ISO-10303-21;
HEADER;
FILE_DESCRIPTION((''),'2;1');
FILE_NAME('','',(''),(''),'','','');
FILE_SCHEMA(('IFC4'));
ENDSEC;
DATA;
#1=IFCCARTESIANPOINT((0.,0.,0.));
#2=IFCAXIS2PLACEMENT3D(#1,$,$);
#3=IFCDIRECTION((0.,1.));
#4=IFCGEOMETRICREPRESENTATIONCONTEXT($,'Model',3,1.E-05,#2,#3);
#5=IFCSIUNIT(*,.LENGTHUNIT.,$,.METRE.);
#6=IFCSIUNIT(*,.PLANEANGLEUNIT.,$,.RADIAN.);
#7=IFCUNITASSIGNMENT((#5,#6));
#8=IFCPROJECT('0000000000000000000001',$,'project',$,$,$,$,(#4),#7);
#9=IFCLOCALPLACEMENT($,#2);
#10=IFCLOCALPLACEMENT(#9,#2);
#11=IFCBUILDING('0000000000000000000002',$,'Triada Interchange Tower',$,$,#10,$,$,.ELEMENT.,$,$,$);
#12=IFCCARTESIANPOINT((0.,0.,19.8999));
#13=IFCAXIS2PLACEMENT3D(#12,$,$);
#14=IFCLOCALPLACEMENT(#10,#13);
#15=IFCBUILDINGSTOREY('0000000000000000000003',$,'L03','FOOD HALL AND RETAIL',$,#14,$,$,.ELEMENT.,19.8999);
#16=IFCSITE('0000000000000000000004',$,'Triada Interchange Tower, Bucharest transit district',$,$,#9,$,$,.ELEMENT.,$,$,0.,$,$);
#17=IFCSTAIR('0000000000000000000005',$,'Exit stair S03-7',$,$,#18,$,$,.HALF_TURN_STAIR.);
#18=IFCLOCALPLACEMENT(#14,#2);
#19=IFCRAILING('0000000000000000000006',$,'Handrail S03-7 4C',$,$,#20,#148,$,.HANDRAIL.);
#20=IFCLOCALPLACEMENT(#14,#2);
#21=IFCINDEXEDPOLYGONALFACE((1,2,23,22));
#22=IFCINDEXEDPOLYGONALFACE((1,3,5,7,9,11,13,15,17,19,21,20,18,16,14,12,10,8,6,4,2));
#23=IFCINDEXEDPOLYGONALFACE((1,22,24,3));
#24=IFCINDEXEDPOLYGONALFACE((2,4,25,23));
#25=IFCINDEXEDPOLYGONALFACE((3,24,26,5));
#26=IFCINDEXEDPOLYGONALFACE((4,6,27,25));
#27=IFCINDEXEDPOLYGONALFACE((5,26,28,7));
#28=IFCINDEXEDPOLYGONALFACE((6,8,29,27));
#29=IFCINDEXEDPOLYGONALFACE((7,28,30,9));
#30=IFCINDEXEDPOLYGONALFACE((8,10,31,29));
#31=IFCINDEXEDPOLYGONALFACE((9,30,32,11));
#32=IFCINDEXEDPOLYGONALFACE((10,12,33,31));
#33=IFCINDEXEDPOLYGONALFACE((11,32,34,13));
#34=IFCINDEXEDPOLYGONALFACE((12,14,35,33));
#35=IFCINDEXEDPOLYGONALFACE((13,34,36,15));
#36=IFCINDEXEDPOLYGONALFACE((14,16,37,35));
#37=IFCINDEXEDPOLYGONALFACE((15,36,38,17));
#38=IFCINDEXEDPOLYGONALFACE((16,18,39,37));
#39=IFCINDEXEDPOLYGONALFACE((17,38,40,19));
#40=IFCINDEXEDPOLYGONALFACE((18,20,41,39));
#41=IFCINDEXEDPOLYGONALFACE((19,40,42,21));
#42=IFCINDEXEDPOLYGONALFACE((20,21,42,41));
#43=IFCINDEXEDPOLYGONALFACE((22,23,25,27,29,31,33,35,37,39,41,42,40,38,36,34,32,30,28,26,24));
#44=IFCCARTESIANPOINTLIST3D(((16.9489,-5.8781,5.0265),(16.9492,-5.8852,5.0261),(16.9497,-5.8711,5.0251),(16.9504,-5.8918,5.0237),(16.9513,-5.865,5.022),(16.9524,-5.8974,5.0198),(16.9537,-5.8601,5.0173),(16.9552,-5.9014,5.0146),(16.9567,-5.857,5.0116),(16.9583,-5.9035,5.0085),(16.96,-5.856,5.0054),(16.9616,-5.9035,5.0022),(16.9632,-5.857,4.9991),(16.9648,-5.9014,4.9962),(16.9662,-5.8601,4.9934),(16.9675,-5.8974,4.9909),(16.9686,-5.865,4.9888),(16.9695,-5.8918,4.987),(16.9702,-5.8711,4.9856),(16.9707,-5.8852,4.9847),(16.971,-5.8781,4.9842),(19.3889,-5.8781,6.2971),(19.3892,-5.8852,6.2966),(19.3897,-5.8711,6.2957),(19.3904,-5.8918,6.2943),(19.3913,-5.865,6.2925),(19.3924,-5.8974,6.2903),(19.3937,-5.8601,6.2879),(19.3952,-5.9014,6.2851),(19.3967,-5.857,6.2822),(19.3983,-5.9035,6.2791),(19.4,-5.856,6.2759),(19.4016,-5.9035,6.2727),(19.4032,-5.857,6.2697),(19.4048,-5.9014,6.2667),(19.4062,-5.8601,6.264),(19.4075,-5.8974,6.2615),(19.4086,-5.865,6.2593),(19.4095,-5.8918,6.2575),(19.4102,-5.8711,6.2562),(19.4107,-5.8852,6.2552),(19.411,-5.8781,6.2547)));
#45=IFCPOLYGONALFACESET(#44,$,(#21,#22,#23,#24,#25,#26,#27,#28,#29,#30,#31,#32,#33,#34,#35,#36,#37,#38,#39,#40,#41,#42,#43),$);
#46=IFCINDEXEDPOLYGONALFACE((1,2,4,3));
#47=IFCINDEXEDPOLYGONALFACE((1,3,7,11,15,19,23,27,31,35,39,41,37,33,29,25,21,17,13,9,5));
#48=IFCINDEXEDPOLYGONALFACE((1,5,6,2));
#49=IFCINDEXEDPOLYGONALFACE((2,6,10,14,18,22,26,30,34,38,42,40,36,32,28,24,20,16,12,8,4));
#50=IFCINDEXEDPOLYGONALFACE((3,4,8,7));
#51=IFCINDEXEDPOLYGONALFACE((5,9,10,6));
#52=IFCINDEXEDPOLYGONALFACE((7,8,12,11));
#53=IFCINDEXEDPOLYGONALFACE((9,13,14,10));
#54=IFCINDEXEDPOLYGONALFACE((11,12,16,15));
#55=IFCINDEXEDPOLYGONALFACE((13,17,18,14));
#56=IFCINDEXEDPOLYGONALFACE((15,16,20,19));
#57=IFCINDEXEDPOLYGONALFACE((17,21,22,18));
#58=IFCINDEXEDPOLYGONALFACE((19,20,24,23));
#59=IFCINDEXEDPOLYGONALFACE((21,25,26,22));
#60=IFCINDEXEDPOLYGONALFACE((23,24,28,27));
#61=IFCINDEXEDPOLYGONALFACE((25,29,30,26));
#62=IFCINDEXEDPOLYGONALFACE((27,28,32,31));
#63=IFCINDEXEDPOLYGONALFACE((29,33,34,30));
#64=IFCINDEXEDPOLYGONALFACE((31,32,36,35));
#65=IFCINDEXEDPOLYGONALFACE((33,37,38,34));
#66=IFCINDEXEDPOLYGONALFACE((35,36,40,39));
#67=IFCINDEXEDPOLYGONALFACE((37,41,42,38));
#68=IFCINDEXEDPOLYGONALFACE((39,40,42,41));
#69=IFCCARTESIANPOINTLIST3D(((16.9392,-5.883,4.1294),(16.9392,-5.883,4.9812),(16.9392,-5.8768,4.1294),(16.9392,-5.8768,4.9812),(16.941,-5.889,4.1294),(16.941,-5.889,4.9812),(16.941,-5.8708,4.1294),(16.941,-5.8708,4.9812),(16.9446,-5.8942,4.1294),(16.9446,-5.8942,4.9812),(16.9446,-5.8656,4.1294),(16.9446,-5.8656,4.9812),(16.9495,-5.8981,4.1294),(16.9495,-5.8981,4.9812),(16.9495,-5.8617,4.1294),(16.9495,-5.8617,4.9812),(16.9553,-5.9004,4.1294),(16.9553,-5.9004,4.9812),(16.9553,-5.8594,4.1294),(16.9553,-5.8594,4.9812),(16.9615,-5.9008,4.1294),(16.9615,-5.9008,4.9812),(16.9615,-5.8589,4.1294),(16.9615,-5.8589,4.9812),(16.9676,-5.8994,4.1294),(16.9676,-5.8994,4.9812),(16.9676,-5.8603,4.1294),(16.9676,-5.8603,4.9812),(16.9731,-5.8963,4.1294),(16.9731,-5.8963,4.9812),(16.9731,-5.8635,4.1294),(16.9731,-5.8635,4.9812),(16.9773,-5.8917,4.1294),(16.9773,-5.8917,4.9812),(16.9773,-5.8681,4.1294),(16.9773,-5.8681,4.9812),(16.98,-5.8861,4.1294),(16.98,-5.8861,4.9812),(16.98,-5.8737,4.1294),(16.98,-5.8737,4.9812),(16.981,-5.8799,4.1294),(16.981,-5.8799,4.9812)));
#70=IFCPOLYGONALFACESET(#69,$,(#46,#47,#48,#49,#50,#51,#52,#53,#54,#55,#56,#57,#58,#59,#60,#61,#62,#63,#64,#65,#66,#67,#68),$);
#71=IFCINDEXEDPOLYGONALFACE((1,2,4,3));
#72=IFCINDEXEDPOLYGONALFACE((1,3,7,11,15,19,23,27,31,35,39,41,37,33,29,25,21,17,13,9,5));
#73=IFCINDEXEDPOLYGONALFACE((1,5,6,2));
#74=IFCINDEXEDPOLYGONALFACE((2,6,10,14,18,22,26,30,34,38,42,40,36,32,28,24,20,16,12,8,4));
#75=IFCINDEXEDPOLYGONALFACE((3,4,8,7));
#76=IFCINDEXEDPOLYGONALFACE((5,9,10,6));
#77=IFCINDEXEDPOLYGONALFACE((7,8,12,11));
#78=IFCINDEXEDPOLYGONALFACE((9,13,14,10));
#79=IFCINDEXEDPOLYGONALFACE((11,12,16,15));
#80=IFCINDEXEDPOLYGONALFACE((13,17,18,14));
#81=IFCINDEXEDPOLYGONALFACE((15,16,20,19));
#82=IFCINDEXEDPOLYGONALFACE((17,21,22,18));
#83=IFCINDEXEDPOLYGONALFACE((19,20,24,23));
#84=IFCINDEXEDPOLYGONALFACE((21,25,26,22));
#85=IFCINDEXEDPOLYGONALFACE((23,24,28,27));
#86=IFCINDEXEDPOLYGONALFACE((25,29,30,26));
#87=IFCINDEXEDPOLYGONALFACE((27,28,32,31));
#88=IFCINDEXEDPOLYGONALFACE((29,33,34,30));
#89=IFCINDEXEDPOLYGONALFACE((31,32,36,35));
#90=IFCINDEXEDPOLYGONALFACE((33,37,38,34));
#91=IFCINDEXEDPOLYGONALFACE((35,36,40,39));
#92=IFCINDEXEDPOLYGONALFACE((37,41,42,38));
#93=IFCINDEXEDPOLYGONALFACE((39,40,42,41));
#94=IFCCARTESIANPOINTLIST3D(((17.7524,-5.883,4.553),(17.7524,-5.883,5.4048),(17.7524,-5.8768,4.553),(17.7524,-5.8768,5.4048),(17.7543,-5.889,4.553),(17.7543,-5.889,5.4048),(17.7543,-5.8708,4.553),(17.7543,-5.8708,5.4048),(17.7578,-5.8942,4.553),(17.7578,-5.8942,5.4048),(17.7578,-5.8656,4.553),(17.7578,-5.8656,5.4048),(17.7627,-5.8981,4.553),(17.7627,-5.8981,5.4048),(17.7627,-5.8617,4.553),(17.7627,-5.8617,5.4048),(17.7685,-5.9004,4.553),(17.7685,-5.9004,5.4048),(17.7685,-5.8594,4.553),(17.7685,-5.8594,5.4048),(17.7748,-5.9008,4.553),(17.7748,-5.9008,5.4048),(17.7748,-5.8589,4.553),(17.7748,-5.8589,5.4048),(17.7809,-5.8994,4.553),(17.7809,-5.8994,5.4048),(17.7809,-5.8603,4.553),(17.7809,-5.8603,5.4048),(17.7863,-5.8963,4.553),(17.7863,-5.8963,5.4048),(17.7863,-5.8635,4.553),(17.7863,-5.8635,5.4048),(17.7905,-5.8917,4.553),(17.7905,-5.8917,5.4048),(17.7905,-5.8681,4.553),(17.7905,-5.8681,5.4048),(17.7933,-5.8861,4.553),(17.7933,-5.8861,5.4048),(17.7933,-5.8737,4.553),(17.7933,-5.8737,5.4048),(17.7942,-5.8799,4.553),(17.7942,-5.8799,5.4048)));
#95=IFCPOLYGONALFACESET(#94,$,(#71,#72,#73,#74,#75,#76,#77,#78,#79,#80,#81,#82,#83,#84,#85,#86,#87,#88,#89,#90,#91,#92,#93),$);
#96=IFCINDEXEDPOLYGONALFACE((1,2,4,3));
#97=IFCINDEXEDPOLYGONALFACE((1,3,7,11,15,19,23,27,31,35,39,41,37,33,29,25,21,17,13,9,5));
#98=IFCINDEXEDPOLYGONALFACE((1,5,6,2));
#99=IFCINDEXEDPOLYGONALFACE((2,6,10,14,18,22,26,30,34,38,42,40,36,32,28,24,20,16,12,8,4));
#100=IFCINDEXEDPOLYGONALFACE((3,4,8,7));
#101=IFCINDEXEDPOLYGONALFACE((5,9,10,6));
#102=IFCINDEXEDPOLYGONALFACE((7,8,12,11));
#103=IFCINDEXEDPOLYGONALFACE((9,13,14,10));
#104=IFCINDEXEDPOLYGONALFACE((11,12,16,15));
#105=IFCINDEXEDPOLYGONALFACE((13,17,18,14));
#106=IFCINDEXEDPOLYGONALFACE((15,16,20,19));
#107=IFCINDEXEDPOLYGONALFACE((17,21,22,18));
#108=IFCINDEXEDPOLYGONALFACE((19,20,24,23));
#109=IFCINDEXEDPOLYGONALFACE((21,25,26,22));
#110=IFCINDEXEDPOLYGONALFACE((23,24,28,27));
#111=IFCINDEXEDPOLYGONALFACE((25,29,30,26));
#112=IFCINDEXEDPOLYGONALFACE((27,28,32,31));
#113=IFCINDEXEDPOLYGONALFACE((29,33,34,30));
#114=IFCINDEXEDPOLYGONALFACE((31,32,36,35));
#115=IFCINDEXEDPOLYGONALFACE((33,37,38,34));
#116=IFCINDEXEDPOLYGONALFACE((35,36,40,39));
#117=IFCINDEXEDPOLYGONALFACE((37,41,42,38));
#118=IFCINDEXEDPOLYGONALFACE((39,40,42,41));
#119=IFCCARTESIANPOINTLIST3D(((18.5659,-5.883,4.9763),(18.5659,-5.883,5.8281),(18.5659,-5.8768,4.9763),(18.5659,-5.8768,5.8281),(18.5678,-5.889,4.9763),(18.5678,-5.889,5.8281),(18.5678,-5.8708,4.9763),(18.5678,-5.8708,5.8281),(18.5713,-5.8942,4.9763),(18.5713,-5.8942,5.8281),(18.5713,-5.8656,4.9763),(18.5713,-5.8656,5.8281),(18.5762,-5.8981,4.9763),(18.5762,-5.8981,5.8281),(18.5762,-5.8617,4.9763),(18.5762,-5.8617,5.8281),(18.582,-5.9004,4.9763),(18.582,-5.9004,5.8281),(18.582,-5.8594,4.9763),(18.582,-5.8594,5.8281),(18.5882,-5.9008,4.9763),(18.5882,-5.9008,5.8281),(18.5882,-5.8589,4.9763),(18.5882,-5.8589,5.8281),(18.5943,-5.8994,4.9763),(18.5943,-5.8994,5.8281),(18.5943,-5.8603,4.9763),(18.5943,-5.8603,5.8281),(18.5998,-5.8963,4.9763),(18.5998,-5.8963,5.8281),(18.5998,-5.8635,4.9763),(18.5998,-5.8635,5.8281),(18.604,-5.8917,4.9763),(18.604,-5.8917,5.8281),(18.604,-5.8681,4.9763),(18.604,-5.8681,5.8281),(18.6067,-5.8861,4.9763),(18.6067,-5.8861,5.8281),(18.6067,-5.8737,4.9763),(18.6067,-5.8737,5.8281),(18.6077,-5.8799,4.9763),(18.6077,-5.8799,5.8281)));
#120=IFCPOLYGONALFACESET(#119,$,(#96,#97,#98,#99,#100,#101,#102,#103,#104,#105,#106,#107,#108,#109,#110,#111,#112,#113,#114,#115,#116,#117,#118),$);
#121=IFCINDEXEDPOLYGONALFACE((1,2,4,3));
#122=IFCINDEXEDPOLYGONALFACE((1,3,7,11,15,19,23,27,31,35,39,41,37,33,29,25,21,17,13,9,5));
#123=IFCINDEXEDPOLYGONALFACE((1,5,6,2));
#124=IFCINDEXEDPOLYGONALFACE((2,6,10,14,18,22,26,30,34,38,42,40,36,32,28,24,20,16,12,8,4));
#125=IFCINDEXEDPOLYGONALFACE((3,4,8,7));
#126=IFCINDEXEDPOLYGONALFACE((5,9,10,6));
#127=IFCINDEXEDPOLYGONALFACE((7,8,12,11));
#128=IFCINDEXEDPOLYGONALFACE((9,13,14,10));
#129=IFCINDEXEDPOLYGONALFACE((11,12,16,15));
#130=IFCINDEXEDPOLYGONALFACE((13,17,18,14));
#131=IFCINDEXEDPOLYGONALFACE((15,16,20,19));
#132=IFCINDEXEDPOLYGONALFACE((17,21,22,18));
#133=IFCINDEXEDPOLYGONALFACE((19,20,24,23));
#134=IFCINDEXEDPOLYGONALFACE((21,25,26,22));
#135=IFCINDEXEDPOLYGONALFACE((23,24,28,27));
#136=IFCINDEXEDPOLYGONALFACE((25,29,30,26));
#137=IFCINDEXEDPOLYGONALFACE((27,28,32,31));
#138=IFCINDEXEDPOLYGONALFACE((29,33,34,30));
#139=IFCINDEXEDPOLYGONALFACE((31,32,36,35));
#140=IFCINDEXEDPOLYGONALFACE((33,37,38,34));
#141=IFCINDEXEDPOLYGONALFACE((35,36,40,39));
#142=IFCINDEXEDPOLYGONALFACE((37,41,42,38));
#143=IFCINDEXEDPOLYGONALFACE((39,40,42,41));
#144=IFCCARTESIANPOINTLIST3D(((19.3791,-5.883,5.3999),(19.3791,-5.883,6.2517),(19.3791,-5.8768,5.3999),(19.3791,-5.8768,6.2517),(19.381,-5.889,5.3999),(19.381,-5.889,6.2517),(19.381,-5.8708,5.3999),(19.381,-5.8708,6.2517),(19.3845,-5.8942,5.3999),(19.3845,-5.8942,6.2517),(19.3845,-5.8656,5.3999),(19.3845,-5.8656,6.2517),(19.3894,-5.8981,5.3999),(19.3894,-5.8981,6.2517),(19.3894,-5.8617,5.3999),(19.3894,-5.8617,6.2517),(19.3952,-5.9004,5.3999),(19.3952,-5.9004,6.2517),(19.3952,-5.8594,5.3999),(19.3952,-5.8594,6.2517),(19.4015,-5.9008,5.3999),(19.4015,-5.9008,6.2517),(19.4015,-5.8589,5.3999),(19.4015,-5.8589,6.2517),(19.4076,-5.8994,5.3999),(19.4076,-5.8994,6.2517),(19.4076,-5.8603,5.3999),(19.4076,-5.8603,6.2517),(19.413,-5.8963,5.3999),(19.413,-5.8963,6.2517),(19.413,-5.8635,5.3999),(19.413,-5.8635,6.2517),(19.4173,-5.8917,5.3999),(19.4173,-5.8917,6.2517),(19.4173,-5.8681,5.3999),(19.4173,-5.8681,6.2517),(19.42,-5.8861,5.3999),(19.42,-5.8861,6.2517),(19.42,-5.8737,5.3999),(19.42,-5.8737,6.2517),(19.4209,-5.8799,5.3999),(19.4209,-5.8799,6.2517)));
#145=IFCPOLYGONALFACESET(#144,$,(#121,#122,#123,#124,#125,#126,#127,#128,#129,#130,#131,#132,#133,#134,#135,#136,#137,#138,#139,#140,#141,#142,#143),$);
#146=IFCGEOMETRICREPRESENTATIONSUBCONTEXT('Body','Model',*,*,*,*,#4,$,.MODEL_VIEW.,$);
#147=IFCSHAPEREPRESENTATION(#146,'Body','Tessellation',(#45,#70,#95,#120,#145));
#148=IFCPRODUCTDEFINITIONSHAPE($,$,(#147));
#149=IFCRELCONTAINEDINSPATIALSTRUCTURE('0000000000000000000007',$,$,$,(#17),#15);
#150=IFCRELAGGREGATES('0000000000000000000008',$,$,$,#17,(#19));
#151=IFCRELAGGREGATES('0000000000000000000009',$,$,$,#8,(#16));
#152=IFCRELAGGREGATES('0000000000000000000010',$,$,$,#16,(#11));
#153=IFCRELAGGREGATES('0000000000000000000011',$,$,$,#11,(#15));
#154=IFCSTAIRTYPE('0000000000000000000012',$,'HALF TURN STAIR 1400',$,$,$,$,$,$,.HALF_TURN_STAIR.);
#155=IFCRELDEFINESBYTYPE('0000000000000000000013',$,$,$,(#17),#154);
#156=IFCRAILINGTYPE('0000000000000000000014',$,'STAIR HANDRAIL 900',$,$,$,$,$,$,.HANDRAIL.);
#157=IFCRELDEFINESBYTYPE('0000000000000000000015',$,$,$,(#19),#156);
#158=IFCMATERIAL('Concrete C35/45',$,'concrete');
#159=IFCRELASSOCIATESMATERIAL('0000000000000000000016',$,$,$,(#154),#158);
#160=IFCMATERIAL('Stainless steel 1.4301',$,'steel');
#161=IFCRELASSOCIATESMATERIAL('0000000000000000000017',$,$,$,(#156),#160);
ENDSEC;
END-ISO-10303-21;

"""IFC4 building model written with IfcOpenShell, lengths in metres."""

from ifc_helpers import new_model, si_unit, direction, frame, origin, origin_2d, place, context, subcontext, project, spatial, circle, extrude, material, type_object, element, aggregate, save


model = new_model("IFC4")

# Units and contexts
model_context = context("Model", 3, precision=1e-05, world=origin(), true_north=direction((0.0, 1.0)))
body_context = subcontext(model_context, "Body", "Model", "MODEL_VIEW")
ifc_project = project(units=[si_unit("LENGTHUNIT", "METRE"), si_unit("PLANEANGLEUNIT", "RADIAN")], contexts=[model_context])

# Site, building, storey
site_placement = place(None, origin())
site = spatial("IfcSite", under=ifc_project, at=site_placement, Name="Triada Interchange Tower, Bucharest transit district", CompositionType="ELEMENT", RefElevation=0.0)
building_placement = place(site_placement, origin())
building = spatial("IfcBuilding", under=site, at=building_placement, Name="Triada Interchange Tower", CompositionType="ELEMENT")
storey_placement = place(building_placement, frame((0.0, 0.0, 19.8999)))
storey = spatial("IfcBuildingStorey", under=building, at=storey_placement, Name="L03", Description="FOOD HALL AND RETAIL", CompositionType="ELEMENT", Elevation=19.8999)

# Stair, railing
ifc_material_1 = material(Name="Concrete C35/45", Category="concrete")
stair_type = type_object("IfcStairType", Name="HALF TURN STAIR 1400", PredefinedType="HALF_TURN_STAIR", material=ifc_material_1)
stair_placement = place(storey_placement, origin())
stair = element("IfcStair", 1, at=stair_placement, inside=storey, type_object=stair_type, Name="Exit stair S03-7", PredefinedType="HALF_TURN_STAIR")
ifc_material_2 = material(Name="Stainless steel 1.4301", Category="steel")
railing_type = type_object("IfcRailingType", Name="STAIR HANDRAIL 900", PredefinedType="HANDRAIL", material=ifc_material_2)
railing_1_placement = place(storey_placement, frame((16.96, -5.8799, 4.1294)))
railing_1 = element("IfcRailing", 2, at=railing_1_placement, type_object=railing_type, Name="Handrail S03-7 4C", PredefinedType="HANDRAIL", context=body_context, shape_type="SweptSolid", body=[
    extrude(circle(Radius=0.0239, at=origin_2d()), frame((0.0, 0.0, 0.876), z_axis=(0.886958, 0.0, 0.46185), x_axis=(0.0, 1.0, 0.0)), (0.0, 0.0, 1.0), 2.751),
    extrude(circle(Radius=0.021, at=origin_2d()), origin(), (0.0, 0.0, 1.0), 0.8518),
    extrude(circle(Radius=0.021, at=origin_2d()), frame((0.8132, 0.0, 0.4236)), (0.0, 0.0, 1.0), 0.8518),
    extrude(circle(Radius=0.021, at=origin_2d()), frame((1.6267, 0.0, 0.8469)), (0.0, 0.0, 1.0), 0.8518),
    extrude(circle(Radius=0.021, at=origin_2d()), frame((2.4399, 0.0, 1.2705)), (0.0, 0.0, 1.0), 0.8518),
])
aggregate(stair, [railing_1])

save(model, "model.ifc")
